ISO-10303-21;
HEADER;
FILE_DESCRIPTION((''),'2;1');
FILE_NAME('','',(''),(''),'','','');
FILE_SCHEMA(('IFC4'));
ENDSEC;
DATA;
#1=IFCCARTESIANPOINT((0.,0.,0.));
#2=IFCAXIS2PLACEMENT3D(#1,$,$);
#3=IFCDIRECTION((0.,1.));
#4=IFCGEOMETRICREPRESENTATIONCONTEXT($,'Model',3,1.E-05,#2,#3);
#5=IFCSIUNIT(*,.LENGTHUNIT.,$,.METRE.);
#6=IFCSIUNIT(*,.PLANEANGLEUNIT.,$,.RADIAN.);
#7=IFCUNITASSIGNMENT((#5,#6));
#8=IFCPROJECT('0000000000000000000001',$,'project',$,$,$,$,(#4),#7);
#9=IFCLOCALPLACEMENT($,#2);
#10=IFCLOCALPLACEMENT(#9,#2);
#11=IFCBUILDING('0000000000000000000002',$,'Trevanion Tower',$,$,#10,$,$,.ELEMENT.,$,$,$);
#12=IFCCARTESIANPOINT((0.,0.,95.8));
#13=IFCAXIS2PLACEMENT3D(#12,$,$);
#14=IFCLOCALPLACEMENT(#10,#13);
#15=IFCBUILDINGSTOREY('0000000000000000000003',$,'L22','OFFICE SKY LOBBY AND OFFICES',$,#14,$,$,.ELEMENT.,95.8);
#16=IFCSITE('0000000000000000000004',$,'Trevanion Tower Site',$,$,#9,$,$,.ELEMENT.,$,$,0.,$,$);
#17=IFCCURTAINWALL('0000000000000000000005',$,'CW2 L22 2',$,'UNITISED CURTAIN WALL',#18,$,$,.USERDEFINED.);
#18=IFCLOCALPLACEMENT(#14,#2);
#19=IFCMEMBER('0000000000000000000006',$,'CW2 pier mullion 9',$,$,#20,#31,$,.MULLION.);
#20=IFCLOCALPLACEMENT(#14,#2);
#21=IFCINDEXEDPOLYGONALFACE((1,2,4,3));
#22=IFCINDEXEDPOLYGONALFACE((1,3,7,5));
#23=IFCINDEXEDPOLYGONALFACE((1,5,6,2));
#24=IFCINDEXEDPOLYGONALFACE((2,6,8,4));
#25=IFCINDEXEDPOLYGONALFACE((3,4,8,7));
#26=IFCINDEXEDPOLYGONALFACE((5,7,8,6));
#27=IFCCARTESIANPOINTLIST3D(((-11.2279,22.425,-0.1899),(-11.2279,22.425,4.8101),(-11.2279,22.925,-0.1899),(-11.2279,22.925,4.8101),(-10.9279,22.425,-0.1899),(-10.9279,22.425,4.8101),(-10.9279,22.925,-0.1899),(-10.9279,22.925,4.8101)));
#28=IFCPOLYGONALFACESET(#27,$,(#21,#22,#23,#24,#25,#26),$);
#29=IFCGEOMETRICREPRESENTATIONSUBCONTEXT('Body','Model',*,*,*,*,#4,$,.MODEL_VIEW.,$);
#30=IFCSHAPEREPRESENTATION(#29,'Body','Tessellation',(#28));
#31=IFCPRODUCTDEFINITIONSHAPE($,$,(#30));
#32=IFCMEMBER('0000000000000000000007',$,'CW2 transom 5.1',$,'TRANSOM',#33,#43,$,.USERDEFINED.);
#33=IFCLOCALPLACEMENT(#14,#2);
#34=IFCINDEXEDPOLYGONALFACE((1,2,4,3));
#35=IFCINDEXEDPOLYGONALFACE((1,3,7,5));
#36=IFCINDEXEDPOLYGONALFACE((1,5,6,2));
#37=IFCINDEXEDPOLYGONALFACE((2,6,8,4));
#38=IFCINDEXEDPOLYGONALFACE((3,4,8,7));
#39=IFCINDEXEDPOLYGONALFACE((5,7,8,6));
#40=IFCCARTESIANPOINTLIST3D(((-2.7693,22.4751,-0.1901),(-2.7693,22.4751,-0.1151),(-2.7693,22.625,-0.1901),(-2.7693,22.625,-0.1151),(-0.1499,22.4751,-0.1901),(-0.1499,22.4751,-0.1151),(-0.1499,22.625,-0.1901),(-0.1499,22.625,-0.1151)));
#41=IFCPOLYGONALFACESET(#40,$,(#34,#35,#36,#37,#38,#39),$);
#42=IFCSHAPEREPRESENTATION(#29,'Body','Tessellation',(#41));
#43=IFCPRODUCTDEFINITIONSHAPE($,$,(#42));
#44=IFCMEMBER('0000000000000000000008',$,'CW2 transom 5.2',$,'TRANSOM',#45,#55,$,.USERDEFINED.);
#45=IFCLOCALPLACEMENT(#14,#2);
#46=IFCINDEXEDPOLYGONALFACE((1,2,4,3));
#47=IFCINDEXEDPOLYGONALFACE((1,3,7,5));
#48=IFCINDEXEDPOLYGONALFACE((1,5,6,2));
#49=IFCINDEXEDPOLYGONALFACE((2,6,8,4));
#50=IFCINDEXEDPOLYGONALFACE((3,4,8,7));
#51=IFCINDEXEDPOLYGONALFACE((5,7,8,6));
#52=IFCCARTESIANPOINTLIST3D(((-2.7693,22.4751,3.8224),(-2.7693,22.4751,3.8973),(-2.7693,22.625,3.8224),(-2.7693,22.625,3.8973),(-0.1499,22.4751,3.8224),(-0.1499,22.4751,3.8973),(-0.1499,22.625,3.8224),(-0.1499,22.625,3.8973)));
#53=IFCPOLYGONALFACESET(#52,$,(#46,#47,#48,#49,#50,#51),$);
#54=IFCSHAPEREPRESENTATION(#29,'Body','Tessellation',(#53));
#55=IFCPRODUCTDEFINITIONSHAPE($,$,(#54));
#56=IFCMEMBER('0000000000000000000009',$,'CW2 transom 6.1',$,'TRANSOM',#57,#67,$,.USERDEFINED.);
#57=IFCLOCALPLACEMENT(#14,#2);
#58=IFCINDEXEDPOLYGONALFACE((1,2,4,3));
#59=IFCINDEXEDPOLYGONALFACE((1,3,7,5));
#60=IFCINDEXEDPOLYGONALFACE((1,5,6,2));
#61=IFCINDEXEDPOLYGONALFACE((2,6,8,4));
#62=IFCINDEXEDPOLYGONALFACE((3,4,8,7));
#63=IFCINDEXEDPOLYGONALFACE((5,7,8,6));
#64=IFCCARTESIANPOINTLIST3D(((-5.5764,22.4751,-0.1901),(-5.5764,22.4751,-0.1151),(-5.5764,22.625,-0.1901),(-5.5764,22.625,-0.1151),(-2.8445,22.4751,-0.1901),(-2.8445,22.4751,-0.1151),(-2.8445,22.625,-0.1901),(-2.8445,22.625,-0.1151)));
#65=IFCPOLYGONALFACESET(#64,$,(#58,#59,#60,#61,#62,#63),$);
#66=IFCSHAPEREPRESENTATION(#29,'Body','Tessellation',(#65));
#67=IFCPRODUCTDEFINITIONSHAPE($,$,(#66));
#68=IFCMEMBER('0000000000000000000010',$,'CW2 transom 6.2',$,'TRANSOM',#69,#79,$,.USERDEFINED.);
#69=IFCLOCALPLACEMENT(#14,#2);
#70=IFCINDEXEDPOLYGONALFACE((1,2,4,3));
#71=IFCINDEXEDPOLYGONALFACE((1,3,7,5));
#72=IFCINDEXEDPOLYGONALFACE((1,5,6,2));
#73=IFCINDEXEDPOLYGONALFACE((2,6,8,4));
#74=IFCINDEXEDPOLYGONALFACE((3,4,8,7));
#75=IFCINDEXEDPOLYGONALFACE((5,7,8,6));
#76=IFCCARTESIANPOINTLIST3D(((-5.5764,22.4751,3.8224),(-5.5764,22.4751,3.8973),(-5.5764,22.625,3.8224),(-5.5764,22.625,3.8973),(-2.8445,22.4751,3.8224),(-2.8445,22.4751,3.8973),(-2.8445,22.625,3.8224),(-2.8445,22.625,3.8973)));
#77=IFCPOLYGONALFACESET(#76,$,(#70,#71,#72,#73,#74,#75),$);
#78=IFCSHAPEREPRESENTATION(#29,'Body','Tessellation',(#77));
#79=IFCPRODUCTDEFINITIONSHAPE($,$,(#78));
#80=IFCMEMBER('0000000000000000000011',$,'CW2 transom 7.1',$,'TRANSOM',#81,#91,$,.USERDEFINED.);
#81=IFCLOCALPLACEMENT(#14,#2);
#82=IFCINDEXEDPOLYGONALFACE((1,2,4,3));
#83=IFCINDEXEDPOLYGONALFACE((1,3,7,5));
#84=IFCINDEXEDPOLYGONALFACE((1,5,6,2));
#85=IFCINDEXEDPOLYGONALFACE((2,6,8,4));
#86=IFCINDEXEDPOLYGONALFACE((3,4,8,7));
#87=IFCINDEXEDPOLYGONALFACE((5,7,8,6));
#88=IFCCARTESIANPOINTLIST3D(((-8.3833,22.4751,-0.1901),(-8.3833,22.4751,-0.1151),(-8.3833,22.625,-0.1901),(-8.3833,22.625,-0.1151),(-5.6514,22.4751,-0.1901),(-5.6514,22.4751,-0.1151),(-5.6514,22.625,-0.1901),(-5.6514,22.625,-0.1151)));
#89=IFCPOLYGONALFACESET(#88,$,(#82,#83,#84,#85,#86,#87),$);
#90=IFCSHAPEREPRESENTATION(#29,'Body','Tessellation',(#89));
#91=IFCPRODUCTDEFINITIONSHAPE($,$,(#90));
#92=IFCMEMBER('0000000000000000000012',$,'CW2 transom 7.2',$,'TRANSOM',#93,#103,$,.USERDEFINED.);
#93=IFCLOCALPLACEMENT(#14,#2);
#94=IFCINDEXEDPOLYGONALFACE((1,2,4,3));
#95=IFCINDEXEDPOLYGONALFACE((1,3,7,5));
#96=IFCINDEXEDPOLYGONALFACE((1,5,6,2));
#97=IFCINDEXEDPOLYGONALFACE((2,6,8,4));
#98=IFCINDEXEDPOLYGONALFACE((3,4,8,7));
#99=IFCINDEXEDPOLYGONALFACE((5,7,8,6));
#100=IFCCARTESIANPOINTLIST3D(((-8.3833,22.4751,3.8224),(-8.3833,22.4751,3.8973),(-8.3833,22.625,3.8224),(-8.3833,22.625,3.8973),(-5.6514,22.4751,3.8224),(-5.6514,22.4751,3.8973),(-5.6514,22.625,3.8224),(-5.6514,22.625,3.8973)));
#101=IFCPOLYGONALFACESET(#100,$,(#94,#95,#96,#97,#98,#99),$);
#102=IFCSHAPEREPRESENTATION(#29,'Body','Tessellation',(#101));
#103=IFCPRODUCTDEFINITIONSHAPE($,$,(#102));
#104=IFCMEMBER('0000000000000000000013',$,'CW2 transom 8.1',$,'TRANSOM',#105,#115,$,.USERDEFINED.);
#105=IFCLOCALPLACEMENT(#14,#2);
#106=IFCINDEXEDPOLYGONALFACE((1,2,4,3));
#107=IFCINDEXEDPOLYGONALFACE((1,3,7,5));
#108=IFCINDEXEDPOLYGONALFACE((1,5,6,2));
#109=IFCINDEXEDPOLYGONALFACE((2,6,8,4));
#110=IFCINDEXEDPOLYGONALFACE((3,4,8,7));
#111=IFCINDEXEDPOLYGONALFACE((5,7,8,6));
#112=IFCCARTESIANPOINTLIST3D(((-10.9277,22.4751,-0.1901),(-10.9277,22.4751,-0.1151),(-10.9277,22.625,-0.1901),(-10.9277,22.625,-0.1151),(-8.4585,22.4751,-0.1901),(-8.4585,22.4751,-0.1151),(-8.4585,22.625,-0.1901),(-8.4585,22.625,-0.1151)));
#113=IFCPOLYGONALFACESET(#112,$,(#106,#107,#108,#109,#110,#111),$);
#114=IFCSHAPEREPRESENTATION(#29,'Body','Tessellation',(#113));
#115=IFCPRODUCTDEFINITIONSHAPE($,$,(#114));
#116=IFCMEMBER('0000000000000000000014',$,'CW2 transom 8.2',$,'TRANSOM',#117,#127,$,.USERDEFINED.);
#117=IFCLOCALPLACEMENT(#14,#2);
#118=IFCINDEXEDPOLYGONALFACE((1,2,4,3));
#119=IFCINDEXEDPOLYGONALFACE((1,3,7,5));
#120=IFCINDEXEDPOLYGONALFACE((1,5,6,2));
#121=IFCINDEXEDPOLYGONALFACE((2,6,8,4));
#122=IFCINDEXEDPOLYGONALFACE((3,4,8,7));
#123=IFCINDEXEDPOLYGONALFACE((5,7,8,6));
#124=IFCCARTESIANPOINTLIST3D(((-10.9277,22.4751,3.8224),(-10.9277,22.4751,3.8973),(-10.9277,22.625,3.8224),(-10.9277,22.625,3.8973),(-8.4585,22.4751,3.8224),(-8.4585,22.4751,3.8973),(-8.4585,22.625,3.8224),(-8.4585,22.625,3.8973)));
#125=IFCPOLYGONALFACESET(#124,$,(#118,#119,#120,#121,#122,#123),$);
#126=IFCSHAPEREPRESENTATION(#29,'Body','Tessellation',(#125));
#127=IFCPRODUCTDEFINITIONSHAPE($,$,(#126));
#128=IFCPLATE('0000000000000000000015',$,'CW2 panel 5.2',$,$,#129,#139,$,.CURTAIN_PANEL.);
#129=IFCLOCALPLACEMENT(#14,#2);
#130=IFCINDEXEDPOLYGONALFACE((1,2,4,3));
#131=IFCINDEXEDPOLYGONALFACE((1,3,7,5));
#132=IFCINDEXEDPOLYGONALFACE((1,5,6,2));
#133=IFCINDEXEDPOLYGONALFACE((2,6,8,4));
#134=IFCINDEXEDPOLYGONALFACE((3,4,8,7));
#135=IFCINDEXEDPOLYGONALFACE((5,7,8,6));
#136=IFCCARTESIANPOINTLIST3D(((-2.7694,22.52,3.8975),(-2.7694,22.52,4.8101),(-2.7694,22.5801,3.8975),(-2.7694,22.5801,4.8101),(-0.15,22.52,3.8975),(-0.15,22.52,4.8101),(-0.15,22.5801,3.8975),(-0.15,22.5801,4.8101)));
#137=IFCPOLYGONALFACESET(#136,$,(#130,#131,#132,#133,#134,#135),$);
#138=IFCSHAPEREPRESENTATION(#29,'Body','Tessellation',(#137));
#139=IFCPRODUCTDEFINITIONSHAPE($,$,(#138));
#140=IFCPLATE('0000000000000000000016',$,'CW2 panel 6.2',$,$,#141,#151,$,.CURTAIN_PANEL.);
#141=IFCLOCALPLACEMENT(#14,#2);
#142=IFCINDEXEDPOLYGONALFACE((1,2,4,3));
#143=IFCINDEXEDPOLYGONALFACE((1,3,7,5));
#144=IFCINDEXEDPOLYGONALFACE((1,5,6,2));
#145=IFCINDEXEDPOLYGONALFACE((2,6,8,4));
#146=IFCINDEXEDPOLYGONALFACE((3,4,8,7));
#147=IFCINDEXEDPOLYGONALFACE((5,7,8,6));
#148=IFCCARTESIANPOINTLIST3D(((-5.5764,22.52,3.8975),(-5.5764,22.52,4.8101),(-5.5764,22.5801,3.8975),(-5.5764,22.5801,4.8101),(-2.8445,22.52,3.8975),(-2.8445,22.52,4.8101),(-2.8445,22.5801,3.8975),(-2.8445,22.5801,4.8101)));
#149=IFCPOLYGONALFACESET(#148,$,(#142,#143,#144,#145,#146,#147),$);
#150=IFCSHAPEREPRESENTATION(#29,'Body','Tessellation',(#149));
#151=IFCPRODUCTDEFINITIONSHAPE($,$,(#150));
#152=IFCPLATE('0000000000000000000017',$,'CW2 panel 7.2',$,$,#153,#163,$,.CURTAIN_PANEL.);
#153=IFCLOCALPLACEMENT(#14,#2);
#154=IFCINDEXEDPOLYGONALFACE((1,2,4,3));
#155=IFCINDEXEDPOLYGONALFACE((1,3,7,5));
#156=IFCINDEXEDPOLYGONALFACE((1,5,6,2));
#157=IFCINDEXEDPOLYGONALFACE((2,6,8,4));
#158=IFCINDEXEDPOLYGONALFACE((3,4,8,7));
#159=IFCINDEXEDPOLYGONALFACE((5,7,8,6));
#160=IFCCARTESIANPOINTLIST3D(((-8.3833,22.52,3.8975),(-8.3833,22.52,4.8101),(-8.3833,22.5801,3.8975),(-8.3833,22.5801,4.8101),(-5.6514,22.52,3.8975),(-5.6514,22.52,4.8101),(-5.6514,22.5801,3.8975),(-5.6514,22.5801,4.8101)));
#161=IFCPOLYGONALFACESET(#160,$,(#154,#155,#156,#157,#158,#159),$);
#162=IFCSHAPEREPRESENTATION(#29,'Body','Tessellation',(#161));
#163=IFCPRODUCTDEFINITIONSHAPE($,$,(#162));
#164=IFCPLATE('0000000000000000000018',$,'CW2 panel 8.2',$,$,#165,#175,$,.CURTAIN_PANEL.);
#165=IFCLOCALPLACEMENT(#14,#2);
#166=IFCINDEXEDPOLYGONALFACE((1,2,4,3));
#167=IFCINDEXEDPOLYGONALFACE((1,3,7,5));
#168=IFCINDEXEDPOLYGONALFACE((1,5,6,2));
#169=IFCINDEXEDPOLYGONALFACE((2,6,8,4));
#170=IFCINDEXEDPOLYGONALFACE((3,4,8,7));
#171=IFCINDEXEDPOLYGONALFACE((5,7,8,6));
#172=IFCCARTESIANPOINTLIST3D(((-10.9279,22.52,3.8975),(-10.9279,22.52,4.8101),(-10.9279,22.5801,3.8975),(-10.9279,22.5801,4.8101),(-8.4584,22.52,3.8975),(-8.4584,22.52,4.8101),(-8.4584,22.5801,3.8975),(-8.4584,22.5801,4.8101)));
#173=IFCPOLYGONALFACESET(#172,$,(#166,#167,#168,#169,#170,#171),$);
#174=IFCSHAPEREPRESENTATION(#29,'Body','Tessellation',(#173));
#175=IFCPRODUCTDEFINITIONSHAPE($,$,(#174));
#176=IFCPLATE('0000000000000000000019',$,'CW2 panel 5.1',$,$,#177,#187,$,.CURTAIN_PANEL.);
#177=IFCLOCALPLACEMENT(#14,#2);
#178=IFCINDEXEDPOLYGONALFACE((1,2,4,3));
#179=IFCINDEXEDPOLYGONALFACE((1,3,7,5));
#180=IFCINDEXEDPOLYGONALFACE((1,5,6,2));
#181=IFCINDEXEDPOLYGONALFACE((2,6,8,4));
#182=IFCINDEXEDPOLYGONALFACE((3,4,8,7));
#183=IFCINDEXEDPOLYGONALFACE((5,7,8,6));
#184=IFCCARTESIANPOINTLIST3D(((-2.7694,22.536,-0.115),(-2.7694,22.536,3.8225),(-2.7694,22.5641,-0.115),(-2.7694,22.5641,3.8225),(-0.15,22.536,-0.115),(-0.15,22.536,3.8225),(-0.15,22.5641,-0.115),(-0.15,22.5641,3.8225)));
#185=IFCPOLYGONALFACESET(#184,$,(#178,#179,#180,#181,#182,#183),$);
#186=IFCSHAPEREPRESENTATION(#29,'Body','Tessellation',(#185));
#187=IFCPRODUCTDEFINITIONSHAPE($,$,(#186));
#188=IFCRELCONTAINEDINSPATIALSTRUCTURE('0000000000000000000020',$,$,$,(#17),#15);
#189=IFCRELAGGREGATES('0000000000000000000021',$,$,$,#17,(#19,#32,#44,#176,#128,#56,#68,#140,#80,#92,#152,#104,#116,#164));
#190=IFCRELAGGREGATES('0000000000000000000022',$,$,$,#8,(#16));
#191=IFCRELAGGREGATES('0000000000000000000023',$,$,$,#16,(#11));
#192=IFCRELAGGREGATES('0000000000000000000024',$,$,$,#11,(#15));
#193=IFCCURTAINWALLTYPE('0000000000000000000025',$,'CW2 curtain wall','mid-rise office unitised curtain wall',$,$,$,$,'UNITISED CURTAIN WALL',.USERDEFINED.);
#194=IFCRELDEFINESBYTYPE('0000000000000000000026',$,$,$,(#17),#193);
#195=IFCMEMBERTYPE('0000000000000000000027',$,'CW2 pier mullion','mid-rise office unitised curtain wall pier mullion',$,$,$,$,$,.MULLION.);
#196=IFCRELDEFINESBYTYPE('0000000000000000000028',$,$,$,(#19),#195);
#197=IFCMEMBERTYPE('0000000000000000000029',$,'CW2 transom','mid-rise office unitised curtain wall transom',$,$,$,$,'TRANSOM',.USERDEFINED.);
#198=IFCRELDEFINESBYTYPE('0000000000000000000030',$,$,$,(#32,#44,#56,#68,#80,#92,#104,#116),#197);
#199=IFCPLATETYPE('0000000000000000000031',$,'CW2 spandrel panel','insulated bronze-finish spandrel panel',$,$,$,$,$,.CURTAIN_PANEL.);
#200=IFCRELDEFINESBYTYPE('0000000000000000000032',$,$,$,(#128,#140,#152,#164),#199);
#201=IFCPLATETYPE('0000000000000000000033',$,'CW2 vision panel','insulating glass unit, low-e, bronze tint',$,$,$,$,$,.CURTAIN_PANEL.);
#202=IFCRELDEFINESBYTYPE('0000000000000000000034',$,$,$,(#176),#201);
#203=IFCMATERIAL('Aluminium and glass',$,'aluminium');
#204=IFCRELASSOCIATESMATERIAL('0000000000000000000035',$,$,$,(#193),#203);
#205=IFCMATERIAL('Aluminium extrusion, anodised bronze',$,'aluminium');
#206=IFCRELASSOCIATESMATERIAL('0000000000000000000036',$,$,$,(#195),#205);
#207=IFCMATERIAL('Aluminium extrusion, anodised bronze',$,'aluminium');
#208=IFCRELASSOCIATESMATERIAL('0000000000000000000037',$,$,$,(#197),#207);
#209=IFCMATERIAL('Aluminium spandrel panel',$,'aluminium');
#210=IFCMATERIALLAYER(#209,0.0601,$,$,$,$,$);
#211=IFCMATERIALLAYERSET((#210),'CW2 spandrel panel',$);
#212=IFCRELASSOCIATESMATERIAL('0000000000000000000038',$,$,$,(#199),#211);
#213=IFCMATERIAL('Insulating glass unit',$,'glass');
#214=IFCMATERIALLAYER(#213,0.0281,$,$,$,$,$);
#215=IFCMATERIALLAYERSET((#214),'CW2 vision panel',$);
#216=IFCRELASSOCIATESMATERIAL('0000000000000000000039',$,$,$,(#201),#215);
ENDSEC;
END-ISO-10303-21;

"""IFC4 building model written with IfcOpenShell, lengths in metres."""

from ifc_helpers import new_model, si_unit, direction, frame, origin, origin_2d, place, context, subcontext, project, spatial, rectangle, extrude, material, layer, layer_set, material_profile, profile_set, type_object, element, aggregate, save


model = new_model("IFC4")

# Units and contexts
model_context = context("Model", 3, precision=1e-05, world=origin(), true_north=direction((0.0, 1.0)))
body_context = subcontext(model_context, "Body", "Model", "MODEL_VIEW")
ifc_project = project(units=[si_unit("LENGTHUNIT", "METRE"), si_unit("PLANEANGLEUNIT", "RADIAN")], contexts=[model_context])

# Site, building, storey
site_placement = place(None, origin())
site = spatial("IfcSite", under=ifc_project, at=site_placement, Name="Trevanion Tower Site", CompositionType="ELEMENT", RefElevation=0.0)
building_placement = place(site_placement, origin())
building = spatial("IfcBuilding", under=site, at=building_placement, Name="Trevanion Tower", CompositionType="ELEMENT")
storey_placement = place(building_placement, frame((0.0, 0.0, 95.8)))
storey = spatial("IfcBuildingStorey", under=building, at=storey_placement, Name="L22", Description="OFFICE SKY LOBBY AND OFFICES", CompositionType="ELEMENT", Elevation=95.8)

# Curtain wall, members, plates
ifc_material_1 = material(Name="Aluminium and glass", Category="aluminium")
curtain_wall_type = type_object("IfcCurtainWallType", Name="CW2 curtain wall", Description="mid-rise office unitised curtain wall", ElementType="UNITISED CURTAIN WALL", PredefinedType="USERDEFINED", material=ifc_material_1)
curtain_wall_placement = place(storey_placement, origin())
curtain_wall = element("IfcCurtainWall", 1, at=curtain_wall_placement, inside=storey, type_object=curtain_wall_type, Name="CW2 L22 2", ObjectType="UNITISED CURTAIN WALL", PredefinedType="USERDEFINED")
ifc_material_2 = material(Name="Aluminium extrusion, anodised bronze", Category="aluminium")
ifc_material_profile_1 = material_profile(ifc_material_2, rectangle(XDim=0.3, YDim=0.5, at=origin_2d()), Name="CW2 pier mullion")
ifc_profile_set_1 = profile_set([ifc_material_profile_1], Name="Aluminium extrusion, anodised bronze")
member_type_1 = type_object("IfcMemberType", Name="CW2 pier mullion", Description="mid-rise office unitised curtain wall pier mullion", PredefinedType="MULLION", material=ifc_profile_set_1)
member_1_placement = place(storey_placement, frame((-11.0779, 22.675, -0.1899), z_axis=(0.0, 0.0, 1.0), x_axis=(-1.0, 0.0, 0.0)))
member_1 = element("IfcMember", 2, at=member_1_placement, type_object=member_type_1, Name="CW2 pier mullion 9", PredefinedType="MULLION", context=body_context, shape_type="SweptSolid", body=[
    extrude(rectangle(XDim=0.3, YDim=0.5, at=origin_2d()), origin(), (0.0, 0.0, 1.0), 5.0),
])
ifc_material_3 = material(Name="Aluminium extrusion, anodised bronze", Category="aluminium")
ifc_material_profile_2 = material_profile(ifc_material_3, rectangle(XDim=0.1499, YDim=0.075, at=origin_2d()), Name="CW2 transom")
ifc_profile_set_2 = profile_set([ifc_material_profile_2], Name="Aluminium extrusion, anodised bronze")
member_type_2 = type_object("IfcMemberType", Name="CW2 transom", Description="mid-rise office unitised curtain wall transom", ElementType="TRANSOM", PredefinedType="USERDEFINED", material=ifc_profile_set_2)
member_2_placement = place(storey_placement, frame((-0.1499, 22.55, -0.1526), z_axis=(-1.0, 0.0, 0.0), x_axis=(0.0, -1.0, 0.0)))
member_2 = element("IfcMember", 3, at=member_2_placement, type_object=member_type_2, Name="CW2 transom 5.1", ObjectType="TRANSOM", PredefinedType="USERDEFINED", context=body_context, shape_type="SweptSolid", body=[
    extrude(rectangle(XDim=0.1499, YDim=0.075, at=origin_2d()), origin(), (0.0, 0.0, 1.0), 2.6194),
])
member_3_placement = place(storey_placement, frame((-0.1499, 22.55, 3.8599), z_axis=(-1.0, 0.0, 0.0), x_axis=(0.0, -1.0, 0.0)))
member_3 = element("IfcMember", 4, at=member_3_placement, type_object=member_type_2, Name="CW2 transom 5.2", ObjectType="TRANSOM", PredefinedType="USERDEFINED", context=body_context, shape_type="SweptSolid", body=[
    extrude(rectangle(XDim=0.1499, YDim=0.075, at=origin_2d()), origin(), (0.0, 0.0, 1.0), 2.6194),
])
member_4_placement = place(storey_placement, frame((-2.8445, 22.55, -0.1526), z_axis=(-1.0, 0.0, 0.0), x_axis=(0.0, -1.0, 0.0)))
member_4 = element("IfcMember", 5, at=member_4_placement, type_object=member_type_2, Name="CW2 transom 6.1", ObjectType="TRANSOM", PredefinedType="USERDEFINED", context=body_context, shape_type="SweptSolid", body=[
    extrude(rectangle(XDim=0.1499, YDim=0.075, at=origin_2d()), origin(), (0.0, 0.0, 1.0), 2.7319),
])
member_5_placement = place(storey_placement, frame((-2.8445, 22.55, 3.8599), z_axis=(-1.0, 0.0, 0.0), x_axis=(0.0, -1.0, 0.0)))
member_5 = element("IfcMember", 6, at=member_5_placement, type_object=member_type_2, Name="CW2 transom 6.2", ObjectType="TRANSOM", PredefinedType="USERDEFINED", context=body_context, shape_type="SweptSolid", body=[
    extrude(rectangle(XDim=0.1499, YDim=0.075, at=origin_2d()), origin(), (0.0, 0.0, 1.0), 2.7319),
])
member_6_placement = place(storey_placement, frame((-5.6514, 22.55, -0.1526), z_axis=(-1.0, 0.0, 0.0), x_axis=(0.0, -1.0, 0.0)))
member_6 = element("IfcMember", 7, at=member_6_placement, type_object=member_type_2, Name="CW2 transom 7.1", ObjectType="TRANSOM", PredefinedType="USERDEFINED", context=body_context, shape_type="SweptSolid", body=[
    extrude(rectangle(XDim=0.1499, YDim=0.075, at=origin_2d()), origin(), (0.0, 0.0, 1.0), 2.7319),
])
member_7_placement = place(storey_placement, frame((-5.6514, 22.55, 3.8599), z_axis=(-1.0, 0.0, 0.0), x_axis=(0.0, -1.0, 0.0)))
member_7 = element("IfcMember", 8, at=member_7_placement, type_object=member_type_2, Name="CW2 transom 7.2", ObjectType="TRANSOM", PredefinedType="USERDEFINED", context=body_context, shape_type="SweptSolid", body=[
    extrude(rectangle(XDim=0.1499, YDim=0.075, at=origin_2d()), origin(), (0.0, 0.0, 1.0), 2.7319),
])
member_8_placement = place(storey_placement, frame((-8.4585, 22.55, -0.1526), z_axis=(-1.0, 0.0, 0.0), x_axis=(0.0, -1.0, 0.0)))
member_8 = element("IfcMember", 9, at=member_8_placement, type_object=member_type_2, Name="CW2 transom 8.1", ObjectType="TRANSOM", PredefinedType="USERDEFINED", context=body_context, shape_type="SweptSolid", body=[
    extrude(rectangle(XDim=0.1499, YDim=0.075, at=origin_2d()), origin(), (0.0, 0.0, 1.0), 2.4692),
])
member_9_placement = place(storey_placement, frame((-8.4585, 22.55, 3.8599), z_axis=(-1.0, 0.0, 0.0), x_axis=(0.0, -1.0, 0.0)))
member_9 = element("IfcMember", 10, at=member_9_placement, type_object=member_type_2, Name="CW2 transom 8.2", ObjectType="TRANSOM", PredefinedType="USERDEFINED", context=body_context, shape_type="SweptSolid", body=[
    extrude(rectangle(XDim=0.1499, YDim=0.075, at=origin_2d()), origin(), (0.0, 0.0, 1.0), 2.4692),
])
ifc_material_4 = material(Name="Aluminium spandrel panel", Category="aluminium")
ifc_layer_1 = layer(ifc_material_4, 0.0601)
ifc_layer_set_1 = layer_set([ifc_layer_1], Name="CW2 spandrel panel")
plate_type_1 = type_object("IfcPlateType", Name="CW2 spandrel panel", Description="insulated bronze-finish spandrel panel", PredefinedType="CURTAIN_PANEL", material=ifc_layer_set_1)
plate_1_placement = place(storey_placement, frame((-1.4597, 22.55, 3.8975), z_axis=(0.0, 0.0, 1.0), x_axis=(-1.0, 0.0, 0.0)))
plate_1 = element("IfcPlate", 11, at=plate_1_placement, type_object=plate_type_1, Name="CW2 panel 5.2", PredefinedType="CURTAIN_PANEL", context=body_context, shape_type="SweptSolid", body=[
    extrude(rectangle(XDim=2.6194, YDim=0.0601, at=origin_2d()), origin(), (0.0, 0.0, 1.0), 0.9126),
])
plate_2_placement = place(storey_placement, frame((-4.2104, 22.55, 3.8975), z_axis=(0.0, 0.0, 1.0), x_axis=(-1.0, 0.0, 0.0)))
plate_2 = element("IfcPlate", 12, at=plate_2_placement, type_object=plate_type_1, Name="CW2 panel 6.2", PredefinedType="CURTAIN_PANEL", context=body_context, shape_type="SweptSolid", body=[
    extrude(rectangle(XDim=2.7319, YDim=0.0601, at=origin_2d()), origin(), (0.0, 0.0, 1.0), 0.9126),
])
plate_3_placement = place(storey_placement, frame((-7.0173, 22.55, 3.8975), z_axis=(0.0, 0.0, 1.0), x_axis=(-1.0, 0.0, 0.0)))
plate_3 = element("IfcPlate", 13, at=plate_3_placement, type_object=plate_type_1, Name="CW2 panel 7.2", PredefinedType="CURTAIN_PANEL", context=body_context, shape_type="SweptSolid", body=[
    extrude(rectangle(XDim=2.7319, YDim=0.0601, at=origin_2d()), origin(), (0.0, 0.0, 1.0), 0.9126),
])
plate_4_placement = place(storey_placement, frame((-9.6931, 22.55, 3.8975), z_axis=(0.0, 0.0, 1.0), x_axis=(-1.0, 0.0, 0.0)))
plate_4 = element("IfcPlate", 14, at=plate_4_placement, type_object=plate_type_1, Name="CW2 panel 8.2", PredefinedType="CURTAIN_PANEL", context=body_context, shape_type="SweptSolid", body=[
    extrude(rectangle(XDim=2.4695, YDim=0.0601, at=origin_2d()), origin(), (0.0, 0.0, 1.0), 0.9126),
])
ifc_material_5 = material(Name="Insulating glass unit", Category="glass")
ifc_layer_2 = layer(ifc_material_5, 0.0281)
ifc_layer_set_2 = layer_set([ifc_layer_2], Name="CW2 vision panel")
plate_type_2 = type_object("IfcPlateType", Name="CW2 vision panel", Description="insulating glass unit, low-e, bronze tint", PredefinedType="CURTAIN_PANEL", material=ifc_layer_set_2)
plate_5_placement = place(storey_placement, frame((-1.4597, 22.55, -0.115), z_axis=(0.0, 0.0, 1.0), x_axis=(-1.0, 0.0, 0.0)))
plate_5 = element("IfcPlate", 15, at=plate_5_placement, type_object=plate_type_2, Name="CW2 panel 5.1", PredefinedType="CURTAIN_PANEL", context=body_context, shape_type="SweptSolid", body=[
    extrude(rectangle(XDim=2.6194, YDim=0.0281, at=origin_2d()), origin(), (0.0, 0.0, 1.0), 3.9375),
])
aggregate(curtain_wall, [member_1, member_2, member_3, plate_5, plate_1, member_4, member_5, plate_2, member_6, member_7, plate_3, member_8, member_9, plate_4])

save(model, "model.ifc")
